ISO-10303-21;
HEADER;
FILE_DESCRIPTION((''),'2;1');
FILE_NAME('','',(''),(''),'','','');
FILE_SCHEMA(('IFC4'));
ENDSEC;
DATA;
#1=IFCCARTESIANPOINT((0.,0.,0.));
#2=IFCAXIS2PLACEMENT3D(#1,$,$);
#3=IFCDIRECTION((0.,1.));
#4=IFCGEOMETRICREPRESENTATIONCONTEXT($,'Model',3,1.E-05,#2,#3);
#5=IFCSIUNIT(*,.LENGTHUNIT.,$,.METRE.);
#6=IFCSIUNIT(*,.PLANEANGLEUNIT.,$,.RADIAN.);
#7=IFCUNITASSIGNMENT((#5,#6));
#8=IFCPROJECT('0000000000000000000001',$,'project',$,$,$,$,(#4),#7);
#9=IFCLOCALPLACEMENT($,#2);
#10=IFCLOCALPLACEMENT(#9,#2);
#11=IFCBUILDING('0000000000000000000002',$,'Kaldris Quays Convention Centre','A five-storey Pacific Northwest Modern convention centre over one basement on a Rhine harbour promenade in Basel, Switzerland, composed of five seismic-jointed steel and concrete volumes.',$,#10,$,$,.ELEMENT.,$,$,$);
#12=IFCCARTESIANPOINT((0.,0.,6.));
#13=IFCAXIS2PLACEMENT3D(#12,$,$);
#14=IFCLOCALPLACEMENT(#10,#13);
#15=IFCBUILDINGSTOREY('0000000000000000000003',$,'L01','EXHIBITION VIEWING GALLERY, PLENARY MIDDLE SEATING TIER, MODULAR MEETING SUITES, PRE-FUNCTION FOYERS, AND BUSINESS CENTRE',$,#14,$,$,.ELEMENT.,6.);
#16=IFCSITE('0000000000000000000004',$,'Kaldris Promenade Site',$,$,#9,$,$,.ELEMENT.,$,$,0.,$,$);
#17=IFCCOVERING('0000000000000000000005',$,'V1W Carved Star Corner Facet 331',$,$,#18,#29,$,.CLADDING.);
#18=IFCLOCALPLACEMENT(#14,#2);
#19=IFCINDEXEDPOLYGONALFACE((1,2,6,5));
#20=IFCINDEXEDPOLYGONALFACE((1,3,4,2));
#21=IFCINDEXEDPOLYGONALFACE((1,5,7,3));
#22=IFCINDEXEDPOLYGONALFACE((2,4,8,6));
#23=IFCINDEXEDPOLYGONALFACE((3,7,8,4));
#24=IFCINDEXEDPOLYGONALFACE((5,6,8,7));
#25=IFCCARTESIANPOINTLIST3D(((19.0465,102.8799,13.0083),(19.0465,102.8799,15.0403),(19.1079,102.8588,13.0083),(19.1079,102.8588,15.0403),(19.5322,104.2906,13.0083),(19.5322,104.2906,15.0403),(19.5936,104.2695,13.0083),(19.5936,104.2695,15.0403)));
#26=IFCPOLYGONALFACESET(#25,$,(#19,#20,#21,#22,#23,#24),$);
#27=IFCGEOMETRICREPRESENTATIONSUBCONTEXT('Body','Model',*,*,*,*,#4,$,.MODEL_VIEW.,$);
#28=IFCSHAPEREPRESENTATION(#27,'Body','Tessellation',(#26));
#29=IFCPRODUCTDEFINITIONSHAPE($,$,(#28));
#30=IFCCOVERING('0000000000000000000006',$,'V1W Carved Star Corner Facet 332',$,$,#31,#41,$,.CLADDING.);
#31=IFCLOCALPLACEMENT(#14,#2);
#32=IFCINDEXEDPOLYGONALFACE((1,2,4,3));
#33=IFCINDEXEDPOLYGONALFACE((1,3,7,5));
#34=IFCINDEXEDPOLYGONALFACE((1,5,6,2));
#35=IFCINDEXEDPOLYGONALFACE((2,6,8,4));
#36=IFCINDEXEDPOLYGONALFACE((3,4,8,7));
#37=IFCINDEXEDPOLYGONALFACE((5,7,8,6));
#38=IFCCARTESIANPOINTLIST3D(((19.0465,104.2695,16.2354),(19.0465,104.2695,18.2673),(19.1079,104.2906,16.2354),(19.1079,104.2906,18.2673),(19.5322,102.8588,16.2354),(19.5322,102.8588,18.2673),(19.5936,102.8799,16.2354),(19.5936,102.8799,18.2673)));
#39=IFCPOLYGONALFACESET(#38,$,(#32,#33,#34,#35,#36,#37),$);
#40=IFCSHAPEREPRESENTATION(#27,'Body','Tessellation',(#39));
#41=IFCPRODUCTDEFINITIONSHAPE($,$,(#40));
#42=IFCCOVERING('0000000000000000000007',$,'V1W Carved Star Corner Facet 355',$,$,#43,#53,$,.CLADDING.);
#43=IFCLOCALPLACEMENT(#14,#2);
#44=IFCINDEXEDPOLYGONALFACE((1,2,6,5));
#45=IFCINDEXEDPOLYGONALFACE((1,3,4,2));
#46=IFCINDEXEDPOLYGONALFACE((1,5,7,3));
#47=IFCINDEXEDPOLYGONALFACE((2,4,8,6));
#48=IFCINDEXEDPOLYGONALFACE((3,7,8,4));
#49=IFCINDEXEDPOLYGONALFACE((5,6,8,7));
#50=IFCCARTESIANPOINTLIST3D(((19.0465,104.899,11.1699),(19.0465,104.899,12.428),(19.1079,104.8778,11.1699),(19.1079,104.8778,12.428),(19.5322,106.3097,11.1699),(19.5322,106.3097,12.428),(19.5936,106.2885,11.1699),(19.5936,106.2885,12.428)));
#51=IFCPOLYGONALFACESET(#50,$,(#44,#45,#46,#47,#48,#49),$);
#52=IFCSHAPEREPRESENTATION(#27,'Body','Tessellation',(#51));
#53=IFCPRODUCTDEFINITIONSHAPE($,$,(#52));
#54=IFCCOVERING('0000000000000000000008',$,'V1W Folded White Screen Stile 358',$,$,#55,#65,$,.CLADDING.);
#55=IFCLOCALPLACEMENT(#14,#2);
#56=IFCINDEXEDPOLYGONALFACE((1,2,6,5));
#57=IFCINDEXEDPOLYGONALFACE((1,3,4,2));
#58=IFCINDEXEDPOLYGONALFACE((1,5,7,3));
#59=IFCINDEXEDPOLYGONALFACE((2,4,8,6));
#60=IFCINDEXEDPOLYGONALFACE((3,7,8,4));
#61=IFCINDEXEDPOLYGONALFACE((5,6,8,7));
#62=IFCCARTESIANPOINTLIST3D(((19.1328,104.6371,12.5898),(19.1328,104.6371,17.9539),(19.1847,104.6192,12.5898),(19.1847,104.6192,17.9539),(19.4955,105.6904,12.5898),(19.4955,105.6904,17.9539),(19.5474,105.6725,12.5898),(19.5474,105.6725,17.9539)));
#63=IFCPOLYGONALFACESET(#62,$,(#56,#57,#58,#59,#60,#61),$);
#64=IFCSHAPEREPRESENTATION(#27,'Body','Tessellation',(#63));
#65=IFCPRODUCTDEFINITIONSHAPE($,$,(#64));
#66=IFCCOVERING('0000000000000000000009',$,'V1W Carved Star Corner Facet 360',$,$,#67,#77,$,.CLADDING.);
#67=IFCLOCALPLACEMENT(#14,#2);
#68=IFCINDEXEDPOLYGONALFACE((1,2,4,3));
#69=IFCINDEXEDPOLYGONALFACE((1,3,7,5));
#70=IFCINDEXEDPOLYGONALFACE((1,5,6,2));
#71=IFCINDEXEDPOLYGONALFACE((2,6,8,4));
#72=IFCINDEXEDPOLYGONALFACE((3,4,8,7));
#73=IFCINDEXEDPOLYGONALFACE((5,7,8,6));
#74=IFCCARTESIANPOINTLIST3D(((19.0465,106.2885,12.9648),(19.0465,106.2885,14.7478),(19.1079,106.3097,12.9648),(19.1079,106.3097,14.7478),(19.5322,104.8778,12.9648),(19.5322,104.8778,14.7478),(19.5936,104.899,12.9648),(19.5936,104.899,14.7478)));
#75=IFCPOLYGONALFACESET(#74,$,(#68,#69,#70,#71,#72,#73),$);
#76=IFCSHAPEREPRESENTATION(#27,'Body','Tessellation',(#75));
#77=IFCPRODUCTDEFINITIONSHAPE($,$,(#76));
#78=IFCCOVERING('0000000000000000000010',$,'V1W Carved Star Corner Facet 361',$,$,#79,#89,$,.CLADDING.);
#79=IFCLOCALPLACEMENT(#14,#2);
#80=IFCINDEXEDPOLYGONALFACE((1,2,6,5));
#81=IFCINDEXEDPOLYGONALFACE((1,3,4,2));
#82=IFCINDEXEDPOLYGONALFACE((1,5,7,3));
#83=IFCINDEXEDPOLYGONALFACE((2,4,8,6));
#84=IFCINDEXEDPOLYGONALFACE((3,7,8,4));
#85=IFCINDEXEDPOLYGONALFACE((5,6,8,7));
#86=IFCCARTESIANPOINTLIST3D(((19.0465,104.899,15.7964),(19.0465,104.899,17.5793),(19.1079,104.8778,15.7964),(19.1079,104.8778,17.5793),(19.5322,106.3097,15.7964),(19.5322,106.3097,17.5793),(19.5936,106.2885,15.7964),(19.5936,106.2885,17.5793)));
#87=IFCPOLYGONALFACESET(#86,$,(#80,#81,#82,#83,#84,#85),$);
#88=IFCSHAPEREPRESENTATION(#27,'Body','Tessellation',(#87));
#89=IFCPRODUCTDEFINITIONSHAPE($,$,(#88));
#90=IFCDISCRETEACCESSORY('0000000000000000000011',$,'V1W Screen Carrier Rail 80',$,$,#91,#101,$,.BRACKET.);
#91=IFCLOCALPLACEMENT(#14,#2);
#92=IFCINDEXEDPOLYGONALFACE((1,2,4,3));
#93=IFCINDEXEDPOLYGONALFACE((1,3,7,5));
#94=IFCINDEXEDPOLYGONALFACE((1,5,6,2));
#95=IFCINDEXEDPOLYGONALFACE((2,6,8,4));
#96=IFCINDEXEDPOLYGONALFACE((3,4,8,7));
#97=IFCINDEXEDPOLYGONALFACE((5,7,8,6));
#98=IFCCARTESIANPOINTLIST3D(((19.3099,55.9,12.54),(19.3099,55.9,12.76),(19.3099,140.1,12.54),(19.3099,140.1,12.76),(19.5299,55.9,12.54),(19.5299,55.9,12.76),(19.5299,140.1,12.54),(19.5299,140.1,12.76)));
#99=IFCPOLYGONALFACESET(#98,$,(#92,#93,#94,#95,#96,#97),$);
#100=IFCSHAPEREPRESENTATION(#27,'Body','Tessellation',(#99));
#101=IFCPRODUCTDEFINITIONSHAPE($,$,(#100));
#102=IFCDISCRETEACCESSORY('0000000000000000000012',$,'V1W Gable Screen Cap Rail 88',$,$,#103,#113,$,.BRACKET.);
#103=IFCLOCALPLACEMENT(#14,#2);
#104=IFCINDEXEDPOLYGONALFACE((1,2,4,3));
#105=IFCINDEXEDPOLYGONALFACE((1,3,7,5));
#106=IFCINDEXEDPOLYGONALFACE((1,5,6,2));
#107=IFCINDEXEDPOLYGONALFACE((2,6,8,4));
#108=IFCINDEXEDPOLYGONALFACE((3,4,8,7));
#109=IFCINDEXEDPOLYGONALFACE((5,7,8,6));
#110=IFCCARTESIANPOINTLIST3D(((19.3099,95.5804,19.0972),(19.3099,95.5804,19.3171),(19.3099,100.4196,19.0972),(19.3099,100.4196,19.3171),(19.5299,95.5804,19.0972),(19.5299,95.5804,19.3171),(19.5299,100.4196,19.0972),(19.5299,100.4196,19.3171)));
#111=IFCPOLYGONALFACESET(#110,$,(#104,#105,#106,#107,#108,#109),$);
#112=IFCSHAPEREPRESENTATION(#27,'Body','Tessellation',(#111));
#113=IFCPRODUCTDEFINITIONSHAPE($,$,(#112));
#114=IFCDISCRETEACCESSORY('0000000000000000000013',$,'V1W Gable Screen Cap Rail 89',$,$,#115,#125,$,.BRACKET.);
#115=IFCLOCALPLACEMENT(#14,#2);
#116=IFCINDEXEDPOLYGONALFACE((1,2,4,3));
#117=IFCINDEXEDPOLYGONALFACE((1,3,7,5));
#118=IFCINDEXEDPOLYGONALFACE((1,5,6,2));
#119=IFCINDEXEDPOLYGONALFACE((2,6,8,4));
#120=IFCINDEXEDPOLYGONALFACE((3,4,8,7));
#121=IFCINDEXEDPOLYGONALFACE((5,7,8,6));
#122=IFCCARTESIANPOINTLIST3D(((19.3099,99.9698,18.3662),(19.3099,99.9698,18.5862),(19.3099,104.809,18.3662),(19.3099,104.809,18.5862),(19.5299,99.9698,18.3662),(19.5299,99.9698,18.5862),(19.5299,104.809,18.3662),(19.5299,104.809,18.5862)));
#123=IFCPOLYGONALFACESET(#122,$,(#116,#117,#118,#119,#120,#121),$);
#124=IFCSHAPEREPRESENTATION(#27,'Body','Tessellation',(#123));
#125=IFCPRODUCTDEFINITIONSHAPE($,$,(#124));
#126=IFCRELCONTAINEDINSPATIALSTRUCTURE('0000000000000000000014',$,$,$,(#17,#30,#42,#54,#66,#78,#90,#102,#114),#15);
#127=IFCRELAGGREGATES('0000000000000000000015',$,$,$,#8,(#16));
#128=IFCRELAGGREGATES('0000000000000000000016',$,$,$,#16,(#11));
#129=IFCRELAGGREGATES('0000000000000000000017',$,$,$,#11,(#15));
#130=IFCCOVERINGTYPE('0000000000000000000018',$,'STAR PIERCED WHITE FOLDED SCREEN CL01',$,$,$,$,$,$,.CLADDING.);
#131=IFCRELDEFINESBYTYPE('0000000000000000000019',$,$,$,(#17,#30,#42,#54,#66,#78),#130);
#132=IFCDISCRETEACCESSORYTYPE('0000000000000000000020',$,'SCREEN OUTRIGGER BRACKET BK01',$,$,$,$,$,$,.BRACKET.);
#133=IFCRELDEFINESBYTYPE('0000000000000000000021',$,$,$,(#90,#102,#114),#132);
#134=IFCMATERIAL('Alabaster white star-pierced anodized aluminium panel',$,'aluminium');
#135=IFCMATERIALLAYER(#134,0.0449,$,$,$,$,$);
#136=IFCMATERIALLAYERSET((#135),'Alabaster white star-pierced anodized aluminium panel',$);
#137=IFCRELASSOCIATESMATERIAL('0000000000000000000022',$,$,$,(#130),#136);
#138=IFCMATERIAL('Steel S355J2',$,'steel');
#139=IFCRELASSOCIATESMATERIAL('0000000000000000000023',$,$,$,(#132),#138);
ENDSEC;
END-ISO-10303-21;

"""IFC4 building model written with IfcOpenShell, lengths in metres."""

from ifc_helpers import new_model, si_unit, direction, frame, origin, origin_2d, place, context, subcontext, project, spatial, rectangle, extrude, material, layer, layer_set, type_object, element, save


model = new_model("IFC4")

# Units and contexts
model_context = context("Model", 3, precision=1e-05, world=origin(), true_north=direction((0.0, 1.0)))
body_context = subcontext(model_context, "Body", "Model", "MODEL_VIEW")
ifc_project = project(units=[si_unit("LENGTHUNIT", "METRE"), si_unit("PLANEANGLEUNIT", "RADIAN")], contexts=[model_context])

# Site, building, storey
site_placement = place(None, origin())
site = spatial("IfcSite", under=ifc_project, at=site_placement, Name="Kaldris Promenade Site", CompositionType="ELEMENT", RefElevation=0.0)
building_placement = place(site_placement, origin())
building = spatial("IfcBuilding", under=site, at=building_placement, Name="Kaldris Quays Convention Centre", Description="A five-storey Pacific Northwest Modern convention centre over one basement on a Rhine harbour promenade in Basel, Switzerland, composed of five seismic-jointed steel and concrete volumes.", CompositionType="ELEMENT")
storey_placement = place(building_placement, frame((0.0, 0.0, 6.0)))
storey = spatial("IfcBuildingStorey", under=building, at=storey_placement, Name="L01", Description="EXHIBITION VIEWING GALLERY, PLENARY MIDDLE SEATING TIER, MODULAR MEETING SUITES, PRE-FUNCTION FOYERS, AND BUSINESS CENTRE", CompositionType="ELEMENT", Elevation=6.0)

# Coverings
ifc_material_1 = material(Name="Alabaster white star-pierced anodized aluminium panel", Category="aluminium")
ifc_layer = layer(ifc_material_1, 0.0449)
ifc_layer_set = layer_set([ifc_layer], Name="Alabaster white star-pierced anodized aluminium panel")
covering_type = type_object("IfcCoveringType", Name="STAR PIERCED WHITE FOLDED SCREEN CL01", PredefinedType="CLADDING", material=ifc_layer_set)
for number, where, z_axis, x_axis, name in (
    (1, (19.3201, 103.5747, 13.0083), (0.0, 0.0, 1.0), (0.325568, 0.945519, 0.0), "V1W Carved Star Corner Facet 331"),
    (2, (19.3201, 103.5747, 16.2354), (0.0, 0.0, 1.0), (-0.325568, 0.945519, 0.0), "V1W Carved Star Corner Facet 332"),
):
    element("IfcCovering", number, at=place(storey_placement, frame(where, z_axis=z_axis, x_axis=x_axis)), inside=storey, type_object=covering_type, Name=name, PredefinedType="CLADDING", context=body_context, shape_type="SweptSolid", body=[
        extrude(rectangle(XDim=1.4919, YDim=0.0649, at=origin_2d()), origin(), (0.0, 0.0, 1.0), 2.032),
    ])
covering_1_placement = place(storey_placement, frame((19.3201, 105.5938, 11.1699), z_axis=(0.0, 0.0, 1.0), x_axis=(0.325568, 0.945519, 0.0)))
element("IfcCovering", 3, at=covering_1_placement, inside=storey, type_object=covering_type, Name="V1W Carved Star Corner Facet 355", PredefinedType="CLADDING", context=body_context, shape_type="SweptSolid", body=[
    extrude(rectangle(XDim=1.4919, YDim=0.0649, at=origin_2d()), origin(), (0.0, 0.0, 1.0), 1.2581),
])
covering_2_placement = place(storey_placement, frame((19.3401, 105.1548, 12.5898), z_axis=(0.0, 0.0, 1.0), x_axis=(0.325568, 0.945519, 0.0)))
element("IfcCovering", 4, at=covering_2_placement, inside=storey, type_object=covering_type, Name="V1W Folded White Screen Stile 358", PredefinedType="CLADDING", context=body_context, shape_type="SweptSolid", body=[
    extrude(rectangle(XDim=1.114, YDim=0.0549, at=origin_2d()), origin(), (0.0, 0.0, 1.0), 5.364),
])
for number, where, z_axis, x_axis, name in (
    (5, (19.3201, 105.5938, 12.9648), (0.0, 0.0, 1.0), (-0.325568, 0.945519, 0.0), "V1W Carved Star Corner Facet 360"),
    (6, (19.3201, 105.5938, 15.7964), (0.0, 0.0, 1.0), (0.325568, 0.945519, 0.0), "V1W Carved Star Corner Facet 361"),
):
    element("IfcCovering", number, at=place(storey_placement, frame(where, z_axis=z_axis, x_axis=x_axis)), inside=storey, type_object=covering_type, Name=name, PredefinedType="CLADDING", context=body_context, shape_type="SweptSolid", body=[
        extrude(rectangle(XDim=1.4919, YDim=0.0649, at=origin_2d()), origin(), (0.0, 0.0, 1.0), 1.783),
    ])

# Discrete accessories
ifc_material_2 = material(Name="Steel S355J2", Category="steel")
discrete_accessory_type = type_object("IfcDiscreteAccessoryType", Name="SCREEN OUTRIGGER BRACKET BK01", PredefinedType="BRACKET", material=ifc_material_2)
discrete_accessory_placement = place(storey_placement, frame((19.4199, 98.0, 12.54), z_axis=(0.0, 0.0, 1.0), x_axis=(0.0, 1.0, 0.0)))
element("IfcDiscreteAccessory", 7, at=discrete_accessory_placement, inside=storey, type_object=discrete_accessory_type, Name="V1W Screen Carrier Rail 80", PredefinedType="BRACKET", context=body_context, shape_type="SweptSolid", body=[
    extrude(rectangle(XDim=84.2, YDim=0.22, at=origin_2d()), origin(), (0.0, 0.0, 1.0), 0.22),
])
for number, where, z_axis, x_axis, name in (
    (8, (19.4199, 98.0, 19.0972), (0.0, 0.0, 1.0), (0.0, 1.0, 0.0), "V1W Gable Screen Cap Rail 88"),
    (9, (19.4199, 102.3894, 18.3662), (0.0, 0.0, 1.0), (0.0, 1.0, 0.0), "V1W Gable Screen Cap Rail 89"),
):
    element("IfcDiscreteAccessory", number, at=place(storey_placement, frame(where, z_axis=z_axis, x_axis=x_axis)), inside=storey, type_object=discrete_accessory_type, Name=name, PredefinedType="BRACKET", context=body_context, shape_type="SweptSolid", body=[
        extrude(rectangle(XDim=4.8391, YDim=0.22, at=origin_2d()), origin(), (0.0, 0.0, 1.0), 0.22),
    ])

save(model, "model.ifc")
